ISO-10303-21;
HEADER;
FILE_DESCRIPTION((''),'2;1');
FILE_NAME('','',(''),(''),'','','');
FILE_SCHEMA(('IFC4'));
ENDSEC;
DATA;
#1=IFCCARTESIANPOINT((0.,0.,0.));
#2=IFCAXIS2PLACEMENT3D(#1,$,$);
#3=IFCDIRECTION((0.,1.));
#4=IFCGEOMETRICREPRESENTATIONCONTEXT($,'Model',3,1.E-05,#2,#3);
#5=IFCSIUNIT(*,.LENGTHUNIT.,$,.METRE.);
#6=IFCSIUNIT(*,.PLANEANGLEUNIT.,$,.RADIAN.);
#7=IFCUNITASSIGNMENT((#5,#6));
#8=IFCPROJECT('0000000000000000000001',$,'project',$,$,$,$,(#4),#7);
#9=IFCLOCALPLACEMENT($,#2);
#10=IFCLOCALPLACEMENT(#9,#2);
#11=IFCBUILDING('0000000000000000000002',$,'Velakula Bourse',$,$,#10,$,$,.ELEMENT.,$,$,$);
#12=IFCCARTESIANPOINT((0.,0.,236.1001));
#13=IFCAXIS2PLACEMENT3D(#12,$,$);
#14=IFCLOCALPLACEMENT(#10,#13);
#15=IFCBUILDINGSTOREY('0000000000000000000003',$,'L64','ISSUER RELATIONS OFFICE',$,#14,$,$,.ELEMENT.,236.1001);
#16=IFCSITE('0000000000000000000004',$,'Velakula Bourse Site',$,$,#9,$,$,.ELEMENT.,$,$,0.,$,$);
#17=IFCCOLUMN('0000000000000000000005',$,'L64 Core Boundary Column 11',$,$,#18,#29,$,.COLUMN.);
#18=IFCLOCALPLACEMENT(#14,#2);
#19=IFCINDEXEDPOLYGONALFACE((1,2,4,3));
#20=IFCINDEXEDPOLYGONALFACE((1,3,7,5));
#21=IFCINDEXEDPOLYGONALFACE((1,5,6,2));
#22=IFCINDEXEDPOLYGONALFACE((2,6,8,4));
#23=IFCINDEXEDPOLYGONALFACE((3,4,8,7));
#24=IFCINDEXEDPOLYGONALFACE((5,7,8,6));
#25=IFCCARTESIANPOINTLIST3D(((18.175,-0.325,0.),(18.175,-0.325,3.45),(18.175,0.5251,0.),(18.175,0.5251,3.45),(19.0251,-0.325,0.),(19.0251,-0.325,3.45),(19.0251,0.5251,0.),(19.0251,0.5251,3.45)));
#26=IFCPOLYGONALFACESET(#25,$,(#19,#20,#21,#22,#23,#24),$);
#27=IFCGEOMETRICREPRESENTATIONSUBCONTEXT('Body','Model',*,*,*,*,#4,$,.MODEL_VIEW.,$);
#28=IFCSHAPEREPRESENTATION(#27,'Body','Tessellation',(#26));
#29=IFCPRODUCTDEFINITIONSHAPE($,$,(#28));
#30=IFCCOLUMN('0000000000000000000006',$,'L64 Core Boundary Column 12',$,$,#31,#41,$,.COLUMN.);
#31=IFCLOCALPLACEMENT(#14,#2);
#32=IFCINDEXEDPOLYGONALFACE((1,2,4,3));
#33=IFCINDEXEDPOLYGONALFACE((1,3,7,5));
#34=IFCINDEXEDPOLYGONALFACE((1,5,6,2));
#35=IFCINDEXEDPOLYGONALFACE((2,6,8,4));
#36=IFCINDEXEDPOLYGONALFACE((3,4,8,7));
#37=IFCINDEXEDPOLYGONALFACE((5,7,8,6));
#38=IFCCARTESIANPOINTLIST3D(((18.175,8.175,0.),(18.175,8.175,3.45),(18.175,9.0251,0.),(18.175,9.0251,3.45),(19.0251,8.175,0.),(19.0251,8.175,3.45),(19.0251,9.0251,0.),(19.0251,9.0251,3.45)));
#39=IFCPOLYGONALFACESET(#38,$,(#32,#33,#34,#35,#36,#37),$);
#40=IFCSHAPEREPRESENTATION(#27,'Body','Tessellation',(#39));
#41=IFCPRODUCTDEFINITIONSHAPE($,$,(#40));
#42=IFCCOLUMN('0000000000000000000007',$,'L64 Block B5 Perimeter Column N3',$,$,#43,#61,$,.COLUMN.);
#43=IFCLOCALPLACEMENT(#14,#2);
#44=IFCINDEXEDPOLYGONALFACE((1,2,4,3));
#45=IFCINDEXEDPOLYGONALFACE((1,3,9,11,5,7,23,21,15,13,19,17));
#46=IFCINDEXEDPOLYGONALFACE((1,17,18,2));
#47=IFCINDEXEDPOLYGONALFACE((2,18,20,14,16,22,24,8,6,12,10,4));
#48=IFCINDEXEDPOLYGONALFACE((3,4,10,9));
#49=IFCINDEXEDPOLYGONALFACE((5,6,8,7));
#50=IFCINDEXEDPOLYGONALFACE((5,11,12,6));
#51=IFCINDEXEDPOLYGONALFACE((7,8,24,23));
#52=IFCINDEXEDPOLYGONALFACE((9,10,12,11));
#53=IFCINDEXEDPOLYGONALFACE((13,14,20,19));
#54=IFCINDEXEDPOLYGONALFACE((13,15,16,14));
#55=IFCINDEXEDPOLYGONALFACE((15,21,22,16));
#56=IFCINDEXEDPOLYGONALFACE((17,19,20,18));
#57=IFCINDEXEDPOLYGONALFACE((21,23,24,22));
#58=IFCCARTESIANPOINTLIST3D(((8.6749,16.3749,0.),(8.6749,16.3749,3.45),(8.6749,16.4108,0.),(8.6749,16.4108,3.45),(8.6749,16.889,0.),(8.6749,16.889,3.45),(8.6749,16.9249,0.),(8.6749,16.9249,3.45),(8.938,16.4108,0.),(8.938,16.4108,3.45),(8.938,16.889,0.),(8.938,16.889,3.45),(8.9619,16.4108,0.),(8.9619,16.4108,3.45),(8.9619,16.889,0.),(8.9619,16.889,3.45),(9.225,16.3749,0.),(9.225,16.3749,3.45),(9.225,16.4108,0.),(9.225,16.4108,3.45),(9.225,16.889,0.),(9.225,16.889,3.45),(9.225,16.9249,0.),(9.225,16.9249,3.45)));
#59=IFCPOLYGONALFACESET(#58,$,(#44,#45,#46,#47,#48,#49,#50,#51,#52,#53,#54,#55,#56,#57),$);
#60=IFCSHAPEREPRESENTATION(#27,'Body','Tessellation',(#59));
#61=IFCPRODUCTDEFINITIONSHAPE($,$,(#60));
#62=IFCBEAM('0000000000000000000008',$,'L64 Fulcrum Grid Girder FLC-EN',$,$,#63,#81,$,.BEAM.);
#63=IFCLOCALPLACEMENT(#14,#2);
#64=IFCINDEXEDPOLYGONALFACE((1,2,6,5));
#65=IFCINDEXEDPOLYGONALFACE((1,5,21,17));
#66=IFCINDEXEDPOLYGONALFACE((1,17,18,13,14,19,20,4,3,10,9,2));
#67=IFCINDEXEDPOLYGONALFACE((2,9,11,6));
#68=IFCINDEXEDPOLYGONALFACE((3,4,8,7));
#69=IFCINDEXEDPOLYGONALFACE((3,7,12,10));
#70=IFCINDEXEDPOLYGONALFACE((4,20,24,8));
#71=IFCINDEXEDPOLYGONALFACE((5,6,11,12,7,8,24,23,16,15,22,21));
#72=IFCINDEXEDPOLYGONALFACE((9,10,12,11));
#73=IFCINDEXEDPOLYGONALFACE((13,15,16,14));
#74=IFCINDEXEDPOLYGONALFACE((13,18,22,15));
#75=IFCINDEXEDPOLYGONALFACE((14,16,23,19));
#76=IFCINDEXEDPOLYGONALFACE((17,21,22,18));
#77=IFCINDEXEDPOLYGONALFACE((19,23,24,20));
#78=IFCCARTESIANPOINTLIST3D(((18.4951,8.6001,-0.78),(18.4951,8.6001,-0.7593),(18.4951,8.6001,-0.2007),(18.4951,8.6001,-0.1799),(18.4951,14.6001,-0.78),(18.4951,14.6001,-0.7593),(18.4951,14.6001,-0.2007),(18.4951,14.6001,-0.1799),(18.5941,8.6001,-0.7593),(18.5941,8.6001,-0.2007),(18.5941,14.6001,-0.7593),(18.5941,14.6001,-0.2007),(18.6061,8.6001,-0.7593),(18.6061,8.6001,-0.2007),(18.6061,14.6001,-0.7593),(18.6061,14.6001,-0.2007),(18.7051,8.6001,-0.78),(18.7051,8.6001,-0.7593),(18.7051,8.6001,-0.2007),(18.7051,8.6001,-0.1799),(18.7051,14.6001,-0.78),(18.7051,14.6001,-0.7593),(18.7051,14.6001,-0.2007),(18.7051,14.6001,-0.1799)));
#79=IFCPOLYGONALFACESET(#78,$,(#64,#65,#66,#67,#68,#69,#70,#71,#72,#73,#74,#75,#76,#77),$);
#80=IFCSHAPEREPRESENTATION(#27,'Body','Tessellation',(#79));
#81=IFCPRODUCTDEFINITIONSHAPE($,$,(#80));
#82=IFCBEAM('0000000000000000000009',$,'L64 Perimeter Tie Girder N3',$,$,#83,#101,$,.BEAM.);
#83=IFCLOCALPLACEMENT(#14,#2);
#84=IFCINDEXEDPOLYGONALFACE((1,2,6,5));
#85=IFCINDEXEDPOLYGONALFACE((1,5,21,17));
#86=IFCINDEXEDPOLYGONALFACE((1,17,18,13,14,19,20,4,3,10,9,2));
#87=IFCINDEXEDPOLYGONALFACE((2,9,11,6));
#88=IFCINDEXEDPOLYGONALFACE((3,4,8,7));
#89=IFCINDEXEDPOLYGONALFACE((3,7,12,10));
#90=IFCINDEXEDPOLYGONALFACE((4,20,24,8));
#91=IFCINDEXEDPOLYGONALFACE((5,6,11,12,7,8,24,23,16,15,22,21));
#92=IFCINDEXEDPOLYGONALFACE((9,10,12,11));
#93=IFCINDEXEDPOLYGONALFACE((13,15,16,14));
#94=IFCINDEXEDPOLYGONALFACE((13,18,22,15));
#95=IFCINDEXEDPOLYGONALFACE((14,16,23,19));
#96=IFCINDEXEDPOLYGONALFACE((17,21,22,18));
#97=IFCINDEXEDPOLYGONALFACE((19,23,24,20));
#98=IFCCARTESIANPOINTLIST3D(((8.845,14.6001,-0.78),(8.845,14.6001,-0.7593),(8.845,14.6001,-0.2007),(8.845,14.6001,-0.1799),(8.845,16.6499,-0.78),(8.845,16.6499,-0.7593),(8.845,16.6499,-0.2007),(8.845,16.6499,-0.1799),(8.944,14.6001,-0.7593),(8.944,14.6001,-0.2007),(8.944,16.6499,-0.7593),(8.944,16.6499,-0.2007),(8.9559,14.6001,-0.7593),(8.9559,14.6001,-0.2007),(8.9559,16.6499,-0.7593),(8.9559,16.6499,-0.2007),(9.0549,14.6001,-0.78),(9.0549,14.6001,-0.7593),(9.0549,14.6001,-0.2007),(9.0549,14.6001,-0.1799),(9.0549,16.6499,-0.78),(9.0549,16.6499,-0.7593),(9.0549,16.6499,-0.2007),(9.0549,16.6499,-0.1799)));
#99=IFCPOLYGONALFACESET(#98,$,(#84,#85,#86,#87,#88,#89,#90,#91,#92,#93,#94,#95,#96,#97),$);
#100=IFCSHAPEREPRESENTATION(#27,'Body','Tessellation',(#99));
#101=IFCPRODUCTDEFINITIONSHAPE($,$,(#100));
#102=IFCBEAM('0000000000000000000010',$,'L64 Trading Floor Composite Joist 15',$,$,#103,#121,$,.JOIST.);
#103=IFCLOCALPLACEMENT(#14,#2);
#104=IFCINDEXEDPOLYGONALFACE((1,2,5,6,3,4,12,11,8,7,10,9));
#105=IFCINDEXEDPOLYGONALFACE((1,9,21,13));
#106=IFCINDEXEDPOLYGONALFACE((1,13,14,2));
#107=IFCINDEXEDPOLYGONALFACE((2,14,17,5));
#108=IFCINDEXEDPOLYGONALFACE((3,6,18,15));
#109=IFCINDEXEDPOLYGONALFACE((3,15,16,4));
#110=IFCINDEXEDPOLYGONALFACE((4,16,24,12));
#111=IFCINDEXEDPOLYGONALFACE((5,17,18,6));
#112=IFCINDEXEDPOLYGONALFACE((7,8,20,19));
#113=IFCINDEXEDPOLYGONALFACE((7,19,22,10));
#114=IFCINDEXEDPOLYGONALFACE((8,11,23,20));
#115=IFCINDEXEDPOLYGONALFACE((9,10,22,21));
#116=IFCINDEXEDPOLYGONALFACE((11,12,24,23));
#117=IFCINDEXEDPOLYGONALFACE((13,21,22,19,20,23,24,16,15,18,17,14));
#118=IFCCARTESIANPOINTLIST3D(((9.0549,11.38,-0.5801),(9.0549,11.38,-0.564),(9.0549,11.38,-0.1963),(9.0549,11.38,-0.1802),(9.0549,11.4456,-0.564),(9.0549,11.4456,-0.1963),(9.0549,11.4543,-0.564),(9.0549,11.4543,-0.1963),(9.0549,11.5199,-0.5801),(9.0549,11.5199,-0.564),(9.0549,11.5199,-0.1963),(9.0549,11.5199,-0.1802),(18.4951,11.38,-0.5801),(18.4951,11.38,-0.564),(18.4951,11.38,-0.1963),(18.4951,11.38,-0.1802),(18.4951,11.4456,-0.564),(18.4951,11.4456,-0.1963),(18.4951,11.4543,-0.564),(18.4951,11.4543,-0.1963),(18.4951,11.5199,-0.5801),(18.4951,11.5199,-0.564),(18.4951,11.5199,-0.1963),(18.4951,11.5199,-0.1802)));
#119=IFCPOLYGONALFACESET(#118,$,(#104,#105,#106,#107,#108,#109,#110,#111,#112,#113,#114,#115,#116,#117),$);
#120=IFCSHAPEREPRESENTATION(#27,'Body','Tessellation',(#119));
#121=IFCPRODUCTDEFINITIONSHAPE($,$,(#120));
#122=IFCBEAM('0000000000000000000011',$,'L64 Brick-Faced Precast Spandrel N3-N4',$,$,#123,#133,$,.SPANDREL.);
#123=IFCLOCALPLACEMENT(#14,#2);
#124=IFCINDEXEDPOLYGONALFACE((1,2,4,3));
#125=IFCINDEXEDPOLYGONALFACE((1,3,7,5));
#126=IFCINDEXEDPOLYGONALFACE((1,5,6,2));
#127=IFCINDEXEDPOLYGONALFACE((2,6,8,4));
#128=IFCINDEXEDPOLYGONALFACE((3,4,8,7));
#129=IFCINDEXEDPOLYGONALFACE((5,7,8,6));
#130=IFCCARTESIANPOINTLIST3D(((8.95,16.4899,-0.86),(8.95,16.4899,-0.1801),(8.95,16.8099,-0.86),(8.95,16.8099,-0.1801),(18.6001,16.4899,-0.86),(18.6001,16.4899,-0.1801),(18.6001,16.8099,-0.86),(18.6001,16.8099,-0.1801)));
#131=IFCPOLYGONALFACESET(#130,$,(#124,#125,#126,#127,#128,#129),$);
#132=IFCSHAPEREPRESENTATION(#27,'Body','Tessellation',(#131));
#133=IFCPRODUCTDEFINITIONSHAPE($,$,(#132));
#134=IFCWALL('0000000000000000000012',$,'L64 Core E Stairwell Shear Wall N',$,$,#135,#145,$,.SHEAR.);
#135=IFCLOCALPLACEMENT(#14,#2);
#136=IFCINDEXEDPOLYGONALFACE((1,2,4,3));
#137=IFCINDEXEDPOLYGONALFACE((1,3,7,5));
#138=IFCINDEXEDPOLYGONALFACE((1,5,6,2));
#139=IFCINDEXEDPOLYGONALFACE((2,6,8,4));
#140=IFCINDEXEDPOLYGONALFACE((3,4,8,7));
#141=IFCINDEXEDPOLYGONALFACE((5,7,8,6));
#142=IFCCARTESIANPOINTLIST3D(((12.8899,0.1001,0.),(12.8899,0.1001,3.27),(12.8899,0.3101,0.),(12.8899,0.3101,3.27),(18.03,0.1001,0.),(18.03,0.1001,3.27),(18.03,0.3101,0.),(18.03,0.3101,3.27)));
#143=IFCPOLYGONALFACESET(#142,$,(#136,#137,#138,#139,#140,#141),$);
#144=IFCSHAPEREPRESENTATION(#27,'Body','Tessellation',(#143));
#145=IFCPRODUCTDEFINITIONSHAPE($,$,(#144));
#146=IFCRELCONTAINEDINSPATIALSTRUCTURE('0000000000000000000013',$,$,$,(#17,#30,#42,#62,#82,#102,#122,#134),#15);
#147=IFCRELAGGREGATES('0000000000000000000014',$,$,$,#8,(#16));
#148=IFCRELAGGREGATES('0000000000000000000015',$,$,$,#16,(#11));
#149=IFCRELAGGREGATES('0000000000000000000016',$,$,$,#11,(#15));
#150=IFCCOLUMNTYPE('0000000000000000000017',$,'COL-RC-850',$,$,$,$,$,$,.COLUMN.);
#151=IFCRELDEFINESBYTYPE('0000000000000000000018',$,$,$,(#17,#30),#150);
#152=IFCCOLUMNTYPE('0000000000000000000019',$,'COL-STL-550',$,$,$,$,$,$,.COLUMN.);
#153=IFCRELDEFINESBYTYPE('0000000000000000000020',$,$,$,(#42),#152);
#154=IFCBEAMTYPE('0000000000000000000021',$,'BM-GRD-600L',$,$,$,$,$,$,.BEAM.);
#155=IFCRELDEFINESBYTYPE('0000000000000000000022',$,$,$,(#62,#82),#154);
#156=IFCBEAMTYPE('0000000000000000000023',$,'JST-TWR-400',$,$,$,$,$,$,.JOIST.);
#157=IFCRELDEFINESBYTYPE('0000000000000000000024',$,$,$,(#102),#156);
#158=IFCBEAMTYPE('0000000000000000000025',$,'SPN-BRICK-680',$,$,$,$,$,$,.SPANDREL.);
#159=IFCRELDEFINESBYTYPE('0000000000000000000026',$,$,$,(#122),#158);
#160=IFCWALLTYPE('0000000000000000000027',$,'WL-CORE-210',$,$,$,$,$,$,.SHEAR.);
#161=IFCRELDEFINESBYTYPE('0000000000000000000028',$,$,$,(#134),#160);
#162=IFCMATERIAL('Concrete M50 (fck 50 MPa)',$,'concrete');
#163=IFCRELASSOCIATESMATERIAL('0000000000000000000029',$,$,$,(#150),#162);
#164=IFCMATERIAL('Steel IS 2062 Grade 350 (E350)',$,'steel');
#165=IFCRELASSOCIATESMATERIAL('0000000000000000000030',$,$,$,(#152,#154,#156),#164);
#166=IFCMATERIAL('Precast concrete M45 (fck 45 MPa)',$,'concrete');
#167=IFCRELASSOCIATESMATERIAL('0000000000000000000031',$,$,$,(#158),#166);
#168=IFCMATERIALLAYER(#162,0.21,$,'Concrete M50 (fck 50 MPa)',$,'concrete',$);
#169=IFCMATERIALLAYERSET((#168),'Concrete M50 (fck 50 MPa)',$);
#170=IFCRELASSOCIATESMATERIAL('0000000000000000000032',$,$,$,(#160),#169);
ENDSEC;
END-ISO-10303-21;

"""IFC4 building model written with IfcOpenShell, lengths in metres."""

from ifc_helpers import new_model, si_unit, direction, frame, frame_2d, origin, origin_2d, place, context, subcontext, project, spatial, rectangle, i_section, extrude, material, layer, layer_set, material_profile, profile_set, type_object, element, save


model = new_model("IFC4")

# Units and contexts
model_context = context("Model", 3, precision=1e-05, world=origin(), true_north=direction((0.0, 1.0)))
body_context = subcontext(model_context, "Body", "Model", "MODEL_VIEW")
ifc_project = project(units=[si_unit("LENGTHUNIT", "METRE"), si_unit("PLANEANGLEUNIT", "RADIAN")], contexts=[model_context])

# Site, building, storey
site_placement = place(None, origin())
site = spatial("IfcSite", under=ifc_project, at=site_placement, Name="Velakula Bourse Site", CompositionType="ELEMENT", RefElevation=0.0)
building_placement = place(site_placement, origin())
building = spatial("IfcBuilding", under=site, at=building_placement, Name="Velakula Bourse", CompositionType="ELEMENT")
storey_placement = place(building_placement, frame((0.0, 0.0, 236.1001)))
storey = spatial("IfcBuildingStorey", under=building, at=storey_placement, Name="L64", Description="ISSUER RELATIONS OFFICE", CompositionType="ELEMENT", Elevation=236.1001)

# Columns
ifc_material_1 = material(Name="Concrete M50 (fck 50 MPa)", Category="concrete")
ifc_material_profile_1 = material_profile(ifc_material_1, rectangle(XDim=0.8501, YDim=0.8501, at=origin_2d()), Name="Concrete M50 (fck 50 MPa)")
ifc_profile_set_1 = profile_set([ifc_material_profile_1], Name="Concrete M50 (fck 50 MPa)")
column_type_1 = type_object("IfcColumnType", Name="COL-RC-850", PredefinedType="COLUMN", material=ifc_profile_set_1)
for number, where, z_axis, x_axis, name in (
    (1, (18.6001, 0.1001, 0.0), (0.0, 0.0, 1.0), (1.0, 0.0, 0.0), "L64 Core Boundary Column 11"),
    (2, (18.6001, 8.6001, 0.0), (0.0, 0.0, 1.0), (1.0, 0.0, 0.0), "L64 Core Boundary Column 12"),
):
    element("IfcColumn", number, at=place(storey_placement, frame(where, z_axis=z_axis, x_axis=x_axis)), inside=storey, type_object=column_type_1, Name=name, PredefinedType="COLUMN", context=body_context, shape_type="SweptSolid", body=[
        extrude(rectangle(XDim=0.8501, YDim=0.8501, at=origin_2d()), origin(), (0.0, 0.0, 1.0), 3.45),
    ])
ifc_material_2 = material(Name="Steel IS 2062 Grade 350 (E350)", Category="steel")
ifc_material_profile_2 = material_profile(ifc_material_2, i_section(OverallWidth=0.55, OverallDepth=0.55, WebThickness=0.0239, FlangeThickness=0.0359, at=origin_2d()), Name="Steel IS 2062 Grade 350 (E350)")
ifc_profile_set_2 = profile_set([ifc_material_profile_2], Name="Steel IS 2062 Grade 350 (E350)")
column_type_2 = type_object("IfcColumnType", Name="COL-STL-550", PredefinedType="COLUMN", material=ifc_profile_set_2)
column_placement = place(storey_placement, frame((8.95, 16.6499, 0.0), z_axis=(0.0, 0.0, 1.0), x_axis=(1.0, 0.0, 0.0)))
element("IfcColumn", 3, at=column_placement, inside=storey, type_object=column_type_2, Name="L64 Block B5 Perimeter Column N3", PredefinedType="COLUMN", context=body_context, shape_type="SweptSolid", body=[
    extrude(i_section(OverallWidth=0.55, OverallDepth=0.55, WebThickness=0.0239, FlangeThickness=0.0359, at=origin_2d()), origin(), (0.0, 0.0, 1.0), 3.45),
])

# Beams
ifc_material_profile_3 = material_profile(ifc_material_2, i_section(OverallWidth=0.21, OverallDepth=0.6001, WebThickness=0.012, FlangeThickness=0.0208, at=origin_2d()), Name="Steel IS 2062 Grade 350 (E350)")
ifc_profile_set_3 = profile_set([ifc_material_profile_3], Name="Steel IS 2062 Grade 350 (E350)")
beam_type_1 = type_object("IfcBeamType", Name="BM-GRD-600L", PredefinedType="BEAM", material=ifc_profile_set_3)
beam_1_placement = place(storey_placement, frame((18.6001, 8.6001, -0.48), z_axis=(0.0, 1.0, 0.0), x_axis=(-1.0, 0.0, 0.0)))
element("IfcBeam", 4, at=beam_1_placement, inside=storey, type_object=beam_type_1, Name="L64 Fulcrum Grid Girder FLC-EN", PredefinedType="BEAM", context=body_context, shape_type="SweptSolid", body=[
    extrude(i_section(OverallWidth=0.21, OverallDepth=0.6001, WebThickness=0.012, FlangeThickness=0.0208, at=origin_2d()), origin(), (0.0, 0.0, 1.0), 6.0),
])
beam_2_placement = place(storey_placement, frame((8.95, 14.6001, -0.48), z_axis=(0.0, 1.0, 0.0), x_axis=(-1.0, 0.0, 0.0)))
element("IfcBeam", 5, at=beam_2_placement, inside=storey, type_object=beam_type_1, Name="L64 Perimeter Tie Girder N3", PredefinedType="BEAM", context=body_context, shape_type="SweptSolid", body=[
    extrude(i_section(OverallWidth=0.21, OverallDepth=0.6001, WebThickness=0.012, FlangeThickness=0.0208, at=origin_2d()), origin(), (0.0, 0.0, 1.0), 2.0498),
])
ifc_material_profile_4 = material_profile(ifc_material_2, i_section(OverallWidth=0.1399, OverallDepth=0.3999, WebThickness=0.0088, FlangeThickness=0.0161, at=origin_2d()), Name="Steel IS 2062 Grade 350 (E350)")
ifc_profile_set_4 = profile_set([ifc_material_profile_4], Name="Steel IS 2062 Grade 350 (E350)")
beam_type_2 = type_object("IfcBeamType", Name="JST-TWR-400", PredefinedType="JOIST", material=ifc_profile_set_4)
beam_3_placement = place(storey_placement, frame((9.0549, 11.45, -0.3801), z_axis=(1.0, 0.0, 0.0), x_axis=(0.0, 1.0, 0.0)))
element("IfcBeam", 6, at=beam_3_placement, inside=storey, type_object=beam_type_2, Name="L64 Trading Floor Composite Joist 15", PredefinedType="JOIST", context=body_context, shape_type="SweptSolid", body=[
    extrude(i_section(OverallWidth=0.1399, OverallDepth=0.3999, WebThickness=0.0088, FlangeThickness=0.0161, at=origin_2d()), origin(), (0.0, 0.0, 1.0), 9.4402),
])
ifc_material_3 = material(Name="Precast concrete M45 (fck 45 MPa)", Category="concrete")
ifc_material_profile_5 = material_profile(ifc_material_3, rectangle(XDim=0.3201, YDim=0.6799, at=origin_2d()), Name="Precast concrete M45 (fck 45 MPa)")
ifc_profile_set_5 = profile_set([ifc_material_profile_5], Name="Precast concrete M45 (fck 45 MPa)")
beam_type_3 = type_object("IfcBeamType", Name="SPN-BRICK-680", PredefinedType="SPANDREL", material=ifc_profile_set_5)
beam_4_placement = place(storey_placement, frame((8.95, 16.6499, -0.52), z_axis=(1.0, 0.0, 0.0), x_axis=(0.0, 1.0, 0.0)))
element("IfcBeam", 7, at=beam_4_placement, inside=storey, type_object=beam_type_3, Name="L64 Brick-Faced Precast Spandrel N3-N4", PredefinedType="SPANDREL", context=body_context, shape_type="SweptSolid", body=[
    extrude(rectangle(XDim=0.3201, YDim=0.6799, at=origin_2d()), origin(), (0.0, 0.0, 1.0), 9.6501),
])

# Wall
ifc_layer_1 = layer(ifc_material_1, 0.21, Name="Concrete M50 (fck 50 MPa)", Category="concrete")
ifc_layer_set_1 = layer_set([ifc_layer_1], Name="Concrete M50 (fck 50 MPa)")
wall_type_1 = type_object("IfcWallType", Name="WL-CORE-210", PredefinedType="SHEAR", material=ifc_layer_set_1)
wall_1_placement = place(storey_placement, frame((18.03, 0.2051, 0.0), z_axis=(0.0, 0.0, 1.0), x_axis=(-1.0, 0.0, 0.0)))
element("IfcWall", 8, at=wall_1_placement, inside=storey, type_object=wall_type_1, Name="L64 Core E Stairwell Shear Wall N", PredefinedType="SHEAR", context=body_context, shape_type="SweptSolid", body=[
    extrude(rectangle(XDim=5.1401, YDim=0.21, at=frame_2d((2.5701, 0.0))), origin(), (0.0, 0.0, 1.0), 3.27),
])

save(model, "model.ifc")
